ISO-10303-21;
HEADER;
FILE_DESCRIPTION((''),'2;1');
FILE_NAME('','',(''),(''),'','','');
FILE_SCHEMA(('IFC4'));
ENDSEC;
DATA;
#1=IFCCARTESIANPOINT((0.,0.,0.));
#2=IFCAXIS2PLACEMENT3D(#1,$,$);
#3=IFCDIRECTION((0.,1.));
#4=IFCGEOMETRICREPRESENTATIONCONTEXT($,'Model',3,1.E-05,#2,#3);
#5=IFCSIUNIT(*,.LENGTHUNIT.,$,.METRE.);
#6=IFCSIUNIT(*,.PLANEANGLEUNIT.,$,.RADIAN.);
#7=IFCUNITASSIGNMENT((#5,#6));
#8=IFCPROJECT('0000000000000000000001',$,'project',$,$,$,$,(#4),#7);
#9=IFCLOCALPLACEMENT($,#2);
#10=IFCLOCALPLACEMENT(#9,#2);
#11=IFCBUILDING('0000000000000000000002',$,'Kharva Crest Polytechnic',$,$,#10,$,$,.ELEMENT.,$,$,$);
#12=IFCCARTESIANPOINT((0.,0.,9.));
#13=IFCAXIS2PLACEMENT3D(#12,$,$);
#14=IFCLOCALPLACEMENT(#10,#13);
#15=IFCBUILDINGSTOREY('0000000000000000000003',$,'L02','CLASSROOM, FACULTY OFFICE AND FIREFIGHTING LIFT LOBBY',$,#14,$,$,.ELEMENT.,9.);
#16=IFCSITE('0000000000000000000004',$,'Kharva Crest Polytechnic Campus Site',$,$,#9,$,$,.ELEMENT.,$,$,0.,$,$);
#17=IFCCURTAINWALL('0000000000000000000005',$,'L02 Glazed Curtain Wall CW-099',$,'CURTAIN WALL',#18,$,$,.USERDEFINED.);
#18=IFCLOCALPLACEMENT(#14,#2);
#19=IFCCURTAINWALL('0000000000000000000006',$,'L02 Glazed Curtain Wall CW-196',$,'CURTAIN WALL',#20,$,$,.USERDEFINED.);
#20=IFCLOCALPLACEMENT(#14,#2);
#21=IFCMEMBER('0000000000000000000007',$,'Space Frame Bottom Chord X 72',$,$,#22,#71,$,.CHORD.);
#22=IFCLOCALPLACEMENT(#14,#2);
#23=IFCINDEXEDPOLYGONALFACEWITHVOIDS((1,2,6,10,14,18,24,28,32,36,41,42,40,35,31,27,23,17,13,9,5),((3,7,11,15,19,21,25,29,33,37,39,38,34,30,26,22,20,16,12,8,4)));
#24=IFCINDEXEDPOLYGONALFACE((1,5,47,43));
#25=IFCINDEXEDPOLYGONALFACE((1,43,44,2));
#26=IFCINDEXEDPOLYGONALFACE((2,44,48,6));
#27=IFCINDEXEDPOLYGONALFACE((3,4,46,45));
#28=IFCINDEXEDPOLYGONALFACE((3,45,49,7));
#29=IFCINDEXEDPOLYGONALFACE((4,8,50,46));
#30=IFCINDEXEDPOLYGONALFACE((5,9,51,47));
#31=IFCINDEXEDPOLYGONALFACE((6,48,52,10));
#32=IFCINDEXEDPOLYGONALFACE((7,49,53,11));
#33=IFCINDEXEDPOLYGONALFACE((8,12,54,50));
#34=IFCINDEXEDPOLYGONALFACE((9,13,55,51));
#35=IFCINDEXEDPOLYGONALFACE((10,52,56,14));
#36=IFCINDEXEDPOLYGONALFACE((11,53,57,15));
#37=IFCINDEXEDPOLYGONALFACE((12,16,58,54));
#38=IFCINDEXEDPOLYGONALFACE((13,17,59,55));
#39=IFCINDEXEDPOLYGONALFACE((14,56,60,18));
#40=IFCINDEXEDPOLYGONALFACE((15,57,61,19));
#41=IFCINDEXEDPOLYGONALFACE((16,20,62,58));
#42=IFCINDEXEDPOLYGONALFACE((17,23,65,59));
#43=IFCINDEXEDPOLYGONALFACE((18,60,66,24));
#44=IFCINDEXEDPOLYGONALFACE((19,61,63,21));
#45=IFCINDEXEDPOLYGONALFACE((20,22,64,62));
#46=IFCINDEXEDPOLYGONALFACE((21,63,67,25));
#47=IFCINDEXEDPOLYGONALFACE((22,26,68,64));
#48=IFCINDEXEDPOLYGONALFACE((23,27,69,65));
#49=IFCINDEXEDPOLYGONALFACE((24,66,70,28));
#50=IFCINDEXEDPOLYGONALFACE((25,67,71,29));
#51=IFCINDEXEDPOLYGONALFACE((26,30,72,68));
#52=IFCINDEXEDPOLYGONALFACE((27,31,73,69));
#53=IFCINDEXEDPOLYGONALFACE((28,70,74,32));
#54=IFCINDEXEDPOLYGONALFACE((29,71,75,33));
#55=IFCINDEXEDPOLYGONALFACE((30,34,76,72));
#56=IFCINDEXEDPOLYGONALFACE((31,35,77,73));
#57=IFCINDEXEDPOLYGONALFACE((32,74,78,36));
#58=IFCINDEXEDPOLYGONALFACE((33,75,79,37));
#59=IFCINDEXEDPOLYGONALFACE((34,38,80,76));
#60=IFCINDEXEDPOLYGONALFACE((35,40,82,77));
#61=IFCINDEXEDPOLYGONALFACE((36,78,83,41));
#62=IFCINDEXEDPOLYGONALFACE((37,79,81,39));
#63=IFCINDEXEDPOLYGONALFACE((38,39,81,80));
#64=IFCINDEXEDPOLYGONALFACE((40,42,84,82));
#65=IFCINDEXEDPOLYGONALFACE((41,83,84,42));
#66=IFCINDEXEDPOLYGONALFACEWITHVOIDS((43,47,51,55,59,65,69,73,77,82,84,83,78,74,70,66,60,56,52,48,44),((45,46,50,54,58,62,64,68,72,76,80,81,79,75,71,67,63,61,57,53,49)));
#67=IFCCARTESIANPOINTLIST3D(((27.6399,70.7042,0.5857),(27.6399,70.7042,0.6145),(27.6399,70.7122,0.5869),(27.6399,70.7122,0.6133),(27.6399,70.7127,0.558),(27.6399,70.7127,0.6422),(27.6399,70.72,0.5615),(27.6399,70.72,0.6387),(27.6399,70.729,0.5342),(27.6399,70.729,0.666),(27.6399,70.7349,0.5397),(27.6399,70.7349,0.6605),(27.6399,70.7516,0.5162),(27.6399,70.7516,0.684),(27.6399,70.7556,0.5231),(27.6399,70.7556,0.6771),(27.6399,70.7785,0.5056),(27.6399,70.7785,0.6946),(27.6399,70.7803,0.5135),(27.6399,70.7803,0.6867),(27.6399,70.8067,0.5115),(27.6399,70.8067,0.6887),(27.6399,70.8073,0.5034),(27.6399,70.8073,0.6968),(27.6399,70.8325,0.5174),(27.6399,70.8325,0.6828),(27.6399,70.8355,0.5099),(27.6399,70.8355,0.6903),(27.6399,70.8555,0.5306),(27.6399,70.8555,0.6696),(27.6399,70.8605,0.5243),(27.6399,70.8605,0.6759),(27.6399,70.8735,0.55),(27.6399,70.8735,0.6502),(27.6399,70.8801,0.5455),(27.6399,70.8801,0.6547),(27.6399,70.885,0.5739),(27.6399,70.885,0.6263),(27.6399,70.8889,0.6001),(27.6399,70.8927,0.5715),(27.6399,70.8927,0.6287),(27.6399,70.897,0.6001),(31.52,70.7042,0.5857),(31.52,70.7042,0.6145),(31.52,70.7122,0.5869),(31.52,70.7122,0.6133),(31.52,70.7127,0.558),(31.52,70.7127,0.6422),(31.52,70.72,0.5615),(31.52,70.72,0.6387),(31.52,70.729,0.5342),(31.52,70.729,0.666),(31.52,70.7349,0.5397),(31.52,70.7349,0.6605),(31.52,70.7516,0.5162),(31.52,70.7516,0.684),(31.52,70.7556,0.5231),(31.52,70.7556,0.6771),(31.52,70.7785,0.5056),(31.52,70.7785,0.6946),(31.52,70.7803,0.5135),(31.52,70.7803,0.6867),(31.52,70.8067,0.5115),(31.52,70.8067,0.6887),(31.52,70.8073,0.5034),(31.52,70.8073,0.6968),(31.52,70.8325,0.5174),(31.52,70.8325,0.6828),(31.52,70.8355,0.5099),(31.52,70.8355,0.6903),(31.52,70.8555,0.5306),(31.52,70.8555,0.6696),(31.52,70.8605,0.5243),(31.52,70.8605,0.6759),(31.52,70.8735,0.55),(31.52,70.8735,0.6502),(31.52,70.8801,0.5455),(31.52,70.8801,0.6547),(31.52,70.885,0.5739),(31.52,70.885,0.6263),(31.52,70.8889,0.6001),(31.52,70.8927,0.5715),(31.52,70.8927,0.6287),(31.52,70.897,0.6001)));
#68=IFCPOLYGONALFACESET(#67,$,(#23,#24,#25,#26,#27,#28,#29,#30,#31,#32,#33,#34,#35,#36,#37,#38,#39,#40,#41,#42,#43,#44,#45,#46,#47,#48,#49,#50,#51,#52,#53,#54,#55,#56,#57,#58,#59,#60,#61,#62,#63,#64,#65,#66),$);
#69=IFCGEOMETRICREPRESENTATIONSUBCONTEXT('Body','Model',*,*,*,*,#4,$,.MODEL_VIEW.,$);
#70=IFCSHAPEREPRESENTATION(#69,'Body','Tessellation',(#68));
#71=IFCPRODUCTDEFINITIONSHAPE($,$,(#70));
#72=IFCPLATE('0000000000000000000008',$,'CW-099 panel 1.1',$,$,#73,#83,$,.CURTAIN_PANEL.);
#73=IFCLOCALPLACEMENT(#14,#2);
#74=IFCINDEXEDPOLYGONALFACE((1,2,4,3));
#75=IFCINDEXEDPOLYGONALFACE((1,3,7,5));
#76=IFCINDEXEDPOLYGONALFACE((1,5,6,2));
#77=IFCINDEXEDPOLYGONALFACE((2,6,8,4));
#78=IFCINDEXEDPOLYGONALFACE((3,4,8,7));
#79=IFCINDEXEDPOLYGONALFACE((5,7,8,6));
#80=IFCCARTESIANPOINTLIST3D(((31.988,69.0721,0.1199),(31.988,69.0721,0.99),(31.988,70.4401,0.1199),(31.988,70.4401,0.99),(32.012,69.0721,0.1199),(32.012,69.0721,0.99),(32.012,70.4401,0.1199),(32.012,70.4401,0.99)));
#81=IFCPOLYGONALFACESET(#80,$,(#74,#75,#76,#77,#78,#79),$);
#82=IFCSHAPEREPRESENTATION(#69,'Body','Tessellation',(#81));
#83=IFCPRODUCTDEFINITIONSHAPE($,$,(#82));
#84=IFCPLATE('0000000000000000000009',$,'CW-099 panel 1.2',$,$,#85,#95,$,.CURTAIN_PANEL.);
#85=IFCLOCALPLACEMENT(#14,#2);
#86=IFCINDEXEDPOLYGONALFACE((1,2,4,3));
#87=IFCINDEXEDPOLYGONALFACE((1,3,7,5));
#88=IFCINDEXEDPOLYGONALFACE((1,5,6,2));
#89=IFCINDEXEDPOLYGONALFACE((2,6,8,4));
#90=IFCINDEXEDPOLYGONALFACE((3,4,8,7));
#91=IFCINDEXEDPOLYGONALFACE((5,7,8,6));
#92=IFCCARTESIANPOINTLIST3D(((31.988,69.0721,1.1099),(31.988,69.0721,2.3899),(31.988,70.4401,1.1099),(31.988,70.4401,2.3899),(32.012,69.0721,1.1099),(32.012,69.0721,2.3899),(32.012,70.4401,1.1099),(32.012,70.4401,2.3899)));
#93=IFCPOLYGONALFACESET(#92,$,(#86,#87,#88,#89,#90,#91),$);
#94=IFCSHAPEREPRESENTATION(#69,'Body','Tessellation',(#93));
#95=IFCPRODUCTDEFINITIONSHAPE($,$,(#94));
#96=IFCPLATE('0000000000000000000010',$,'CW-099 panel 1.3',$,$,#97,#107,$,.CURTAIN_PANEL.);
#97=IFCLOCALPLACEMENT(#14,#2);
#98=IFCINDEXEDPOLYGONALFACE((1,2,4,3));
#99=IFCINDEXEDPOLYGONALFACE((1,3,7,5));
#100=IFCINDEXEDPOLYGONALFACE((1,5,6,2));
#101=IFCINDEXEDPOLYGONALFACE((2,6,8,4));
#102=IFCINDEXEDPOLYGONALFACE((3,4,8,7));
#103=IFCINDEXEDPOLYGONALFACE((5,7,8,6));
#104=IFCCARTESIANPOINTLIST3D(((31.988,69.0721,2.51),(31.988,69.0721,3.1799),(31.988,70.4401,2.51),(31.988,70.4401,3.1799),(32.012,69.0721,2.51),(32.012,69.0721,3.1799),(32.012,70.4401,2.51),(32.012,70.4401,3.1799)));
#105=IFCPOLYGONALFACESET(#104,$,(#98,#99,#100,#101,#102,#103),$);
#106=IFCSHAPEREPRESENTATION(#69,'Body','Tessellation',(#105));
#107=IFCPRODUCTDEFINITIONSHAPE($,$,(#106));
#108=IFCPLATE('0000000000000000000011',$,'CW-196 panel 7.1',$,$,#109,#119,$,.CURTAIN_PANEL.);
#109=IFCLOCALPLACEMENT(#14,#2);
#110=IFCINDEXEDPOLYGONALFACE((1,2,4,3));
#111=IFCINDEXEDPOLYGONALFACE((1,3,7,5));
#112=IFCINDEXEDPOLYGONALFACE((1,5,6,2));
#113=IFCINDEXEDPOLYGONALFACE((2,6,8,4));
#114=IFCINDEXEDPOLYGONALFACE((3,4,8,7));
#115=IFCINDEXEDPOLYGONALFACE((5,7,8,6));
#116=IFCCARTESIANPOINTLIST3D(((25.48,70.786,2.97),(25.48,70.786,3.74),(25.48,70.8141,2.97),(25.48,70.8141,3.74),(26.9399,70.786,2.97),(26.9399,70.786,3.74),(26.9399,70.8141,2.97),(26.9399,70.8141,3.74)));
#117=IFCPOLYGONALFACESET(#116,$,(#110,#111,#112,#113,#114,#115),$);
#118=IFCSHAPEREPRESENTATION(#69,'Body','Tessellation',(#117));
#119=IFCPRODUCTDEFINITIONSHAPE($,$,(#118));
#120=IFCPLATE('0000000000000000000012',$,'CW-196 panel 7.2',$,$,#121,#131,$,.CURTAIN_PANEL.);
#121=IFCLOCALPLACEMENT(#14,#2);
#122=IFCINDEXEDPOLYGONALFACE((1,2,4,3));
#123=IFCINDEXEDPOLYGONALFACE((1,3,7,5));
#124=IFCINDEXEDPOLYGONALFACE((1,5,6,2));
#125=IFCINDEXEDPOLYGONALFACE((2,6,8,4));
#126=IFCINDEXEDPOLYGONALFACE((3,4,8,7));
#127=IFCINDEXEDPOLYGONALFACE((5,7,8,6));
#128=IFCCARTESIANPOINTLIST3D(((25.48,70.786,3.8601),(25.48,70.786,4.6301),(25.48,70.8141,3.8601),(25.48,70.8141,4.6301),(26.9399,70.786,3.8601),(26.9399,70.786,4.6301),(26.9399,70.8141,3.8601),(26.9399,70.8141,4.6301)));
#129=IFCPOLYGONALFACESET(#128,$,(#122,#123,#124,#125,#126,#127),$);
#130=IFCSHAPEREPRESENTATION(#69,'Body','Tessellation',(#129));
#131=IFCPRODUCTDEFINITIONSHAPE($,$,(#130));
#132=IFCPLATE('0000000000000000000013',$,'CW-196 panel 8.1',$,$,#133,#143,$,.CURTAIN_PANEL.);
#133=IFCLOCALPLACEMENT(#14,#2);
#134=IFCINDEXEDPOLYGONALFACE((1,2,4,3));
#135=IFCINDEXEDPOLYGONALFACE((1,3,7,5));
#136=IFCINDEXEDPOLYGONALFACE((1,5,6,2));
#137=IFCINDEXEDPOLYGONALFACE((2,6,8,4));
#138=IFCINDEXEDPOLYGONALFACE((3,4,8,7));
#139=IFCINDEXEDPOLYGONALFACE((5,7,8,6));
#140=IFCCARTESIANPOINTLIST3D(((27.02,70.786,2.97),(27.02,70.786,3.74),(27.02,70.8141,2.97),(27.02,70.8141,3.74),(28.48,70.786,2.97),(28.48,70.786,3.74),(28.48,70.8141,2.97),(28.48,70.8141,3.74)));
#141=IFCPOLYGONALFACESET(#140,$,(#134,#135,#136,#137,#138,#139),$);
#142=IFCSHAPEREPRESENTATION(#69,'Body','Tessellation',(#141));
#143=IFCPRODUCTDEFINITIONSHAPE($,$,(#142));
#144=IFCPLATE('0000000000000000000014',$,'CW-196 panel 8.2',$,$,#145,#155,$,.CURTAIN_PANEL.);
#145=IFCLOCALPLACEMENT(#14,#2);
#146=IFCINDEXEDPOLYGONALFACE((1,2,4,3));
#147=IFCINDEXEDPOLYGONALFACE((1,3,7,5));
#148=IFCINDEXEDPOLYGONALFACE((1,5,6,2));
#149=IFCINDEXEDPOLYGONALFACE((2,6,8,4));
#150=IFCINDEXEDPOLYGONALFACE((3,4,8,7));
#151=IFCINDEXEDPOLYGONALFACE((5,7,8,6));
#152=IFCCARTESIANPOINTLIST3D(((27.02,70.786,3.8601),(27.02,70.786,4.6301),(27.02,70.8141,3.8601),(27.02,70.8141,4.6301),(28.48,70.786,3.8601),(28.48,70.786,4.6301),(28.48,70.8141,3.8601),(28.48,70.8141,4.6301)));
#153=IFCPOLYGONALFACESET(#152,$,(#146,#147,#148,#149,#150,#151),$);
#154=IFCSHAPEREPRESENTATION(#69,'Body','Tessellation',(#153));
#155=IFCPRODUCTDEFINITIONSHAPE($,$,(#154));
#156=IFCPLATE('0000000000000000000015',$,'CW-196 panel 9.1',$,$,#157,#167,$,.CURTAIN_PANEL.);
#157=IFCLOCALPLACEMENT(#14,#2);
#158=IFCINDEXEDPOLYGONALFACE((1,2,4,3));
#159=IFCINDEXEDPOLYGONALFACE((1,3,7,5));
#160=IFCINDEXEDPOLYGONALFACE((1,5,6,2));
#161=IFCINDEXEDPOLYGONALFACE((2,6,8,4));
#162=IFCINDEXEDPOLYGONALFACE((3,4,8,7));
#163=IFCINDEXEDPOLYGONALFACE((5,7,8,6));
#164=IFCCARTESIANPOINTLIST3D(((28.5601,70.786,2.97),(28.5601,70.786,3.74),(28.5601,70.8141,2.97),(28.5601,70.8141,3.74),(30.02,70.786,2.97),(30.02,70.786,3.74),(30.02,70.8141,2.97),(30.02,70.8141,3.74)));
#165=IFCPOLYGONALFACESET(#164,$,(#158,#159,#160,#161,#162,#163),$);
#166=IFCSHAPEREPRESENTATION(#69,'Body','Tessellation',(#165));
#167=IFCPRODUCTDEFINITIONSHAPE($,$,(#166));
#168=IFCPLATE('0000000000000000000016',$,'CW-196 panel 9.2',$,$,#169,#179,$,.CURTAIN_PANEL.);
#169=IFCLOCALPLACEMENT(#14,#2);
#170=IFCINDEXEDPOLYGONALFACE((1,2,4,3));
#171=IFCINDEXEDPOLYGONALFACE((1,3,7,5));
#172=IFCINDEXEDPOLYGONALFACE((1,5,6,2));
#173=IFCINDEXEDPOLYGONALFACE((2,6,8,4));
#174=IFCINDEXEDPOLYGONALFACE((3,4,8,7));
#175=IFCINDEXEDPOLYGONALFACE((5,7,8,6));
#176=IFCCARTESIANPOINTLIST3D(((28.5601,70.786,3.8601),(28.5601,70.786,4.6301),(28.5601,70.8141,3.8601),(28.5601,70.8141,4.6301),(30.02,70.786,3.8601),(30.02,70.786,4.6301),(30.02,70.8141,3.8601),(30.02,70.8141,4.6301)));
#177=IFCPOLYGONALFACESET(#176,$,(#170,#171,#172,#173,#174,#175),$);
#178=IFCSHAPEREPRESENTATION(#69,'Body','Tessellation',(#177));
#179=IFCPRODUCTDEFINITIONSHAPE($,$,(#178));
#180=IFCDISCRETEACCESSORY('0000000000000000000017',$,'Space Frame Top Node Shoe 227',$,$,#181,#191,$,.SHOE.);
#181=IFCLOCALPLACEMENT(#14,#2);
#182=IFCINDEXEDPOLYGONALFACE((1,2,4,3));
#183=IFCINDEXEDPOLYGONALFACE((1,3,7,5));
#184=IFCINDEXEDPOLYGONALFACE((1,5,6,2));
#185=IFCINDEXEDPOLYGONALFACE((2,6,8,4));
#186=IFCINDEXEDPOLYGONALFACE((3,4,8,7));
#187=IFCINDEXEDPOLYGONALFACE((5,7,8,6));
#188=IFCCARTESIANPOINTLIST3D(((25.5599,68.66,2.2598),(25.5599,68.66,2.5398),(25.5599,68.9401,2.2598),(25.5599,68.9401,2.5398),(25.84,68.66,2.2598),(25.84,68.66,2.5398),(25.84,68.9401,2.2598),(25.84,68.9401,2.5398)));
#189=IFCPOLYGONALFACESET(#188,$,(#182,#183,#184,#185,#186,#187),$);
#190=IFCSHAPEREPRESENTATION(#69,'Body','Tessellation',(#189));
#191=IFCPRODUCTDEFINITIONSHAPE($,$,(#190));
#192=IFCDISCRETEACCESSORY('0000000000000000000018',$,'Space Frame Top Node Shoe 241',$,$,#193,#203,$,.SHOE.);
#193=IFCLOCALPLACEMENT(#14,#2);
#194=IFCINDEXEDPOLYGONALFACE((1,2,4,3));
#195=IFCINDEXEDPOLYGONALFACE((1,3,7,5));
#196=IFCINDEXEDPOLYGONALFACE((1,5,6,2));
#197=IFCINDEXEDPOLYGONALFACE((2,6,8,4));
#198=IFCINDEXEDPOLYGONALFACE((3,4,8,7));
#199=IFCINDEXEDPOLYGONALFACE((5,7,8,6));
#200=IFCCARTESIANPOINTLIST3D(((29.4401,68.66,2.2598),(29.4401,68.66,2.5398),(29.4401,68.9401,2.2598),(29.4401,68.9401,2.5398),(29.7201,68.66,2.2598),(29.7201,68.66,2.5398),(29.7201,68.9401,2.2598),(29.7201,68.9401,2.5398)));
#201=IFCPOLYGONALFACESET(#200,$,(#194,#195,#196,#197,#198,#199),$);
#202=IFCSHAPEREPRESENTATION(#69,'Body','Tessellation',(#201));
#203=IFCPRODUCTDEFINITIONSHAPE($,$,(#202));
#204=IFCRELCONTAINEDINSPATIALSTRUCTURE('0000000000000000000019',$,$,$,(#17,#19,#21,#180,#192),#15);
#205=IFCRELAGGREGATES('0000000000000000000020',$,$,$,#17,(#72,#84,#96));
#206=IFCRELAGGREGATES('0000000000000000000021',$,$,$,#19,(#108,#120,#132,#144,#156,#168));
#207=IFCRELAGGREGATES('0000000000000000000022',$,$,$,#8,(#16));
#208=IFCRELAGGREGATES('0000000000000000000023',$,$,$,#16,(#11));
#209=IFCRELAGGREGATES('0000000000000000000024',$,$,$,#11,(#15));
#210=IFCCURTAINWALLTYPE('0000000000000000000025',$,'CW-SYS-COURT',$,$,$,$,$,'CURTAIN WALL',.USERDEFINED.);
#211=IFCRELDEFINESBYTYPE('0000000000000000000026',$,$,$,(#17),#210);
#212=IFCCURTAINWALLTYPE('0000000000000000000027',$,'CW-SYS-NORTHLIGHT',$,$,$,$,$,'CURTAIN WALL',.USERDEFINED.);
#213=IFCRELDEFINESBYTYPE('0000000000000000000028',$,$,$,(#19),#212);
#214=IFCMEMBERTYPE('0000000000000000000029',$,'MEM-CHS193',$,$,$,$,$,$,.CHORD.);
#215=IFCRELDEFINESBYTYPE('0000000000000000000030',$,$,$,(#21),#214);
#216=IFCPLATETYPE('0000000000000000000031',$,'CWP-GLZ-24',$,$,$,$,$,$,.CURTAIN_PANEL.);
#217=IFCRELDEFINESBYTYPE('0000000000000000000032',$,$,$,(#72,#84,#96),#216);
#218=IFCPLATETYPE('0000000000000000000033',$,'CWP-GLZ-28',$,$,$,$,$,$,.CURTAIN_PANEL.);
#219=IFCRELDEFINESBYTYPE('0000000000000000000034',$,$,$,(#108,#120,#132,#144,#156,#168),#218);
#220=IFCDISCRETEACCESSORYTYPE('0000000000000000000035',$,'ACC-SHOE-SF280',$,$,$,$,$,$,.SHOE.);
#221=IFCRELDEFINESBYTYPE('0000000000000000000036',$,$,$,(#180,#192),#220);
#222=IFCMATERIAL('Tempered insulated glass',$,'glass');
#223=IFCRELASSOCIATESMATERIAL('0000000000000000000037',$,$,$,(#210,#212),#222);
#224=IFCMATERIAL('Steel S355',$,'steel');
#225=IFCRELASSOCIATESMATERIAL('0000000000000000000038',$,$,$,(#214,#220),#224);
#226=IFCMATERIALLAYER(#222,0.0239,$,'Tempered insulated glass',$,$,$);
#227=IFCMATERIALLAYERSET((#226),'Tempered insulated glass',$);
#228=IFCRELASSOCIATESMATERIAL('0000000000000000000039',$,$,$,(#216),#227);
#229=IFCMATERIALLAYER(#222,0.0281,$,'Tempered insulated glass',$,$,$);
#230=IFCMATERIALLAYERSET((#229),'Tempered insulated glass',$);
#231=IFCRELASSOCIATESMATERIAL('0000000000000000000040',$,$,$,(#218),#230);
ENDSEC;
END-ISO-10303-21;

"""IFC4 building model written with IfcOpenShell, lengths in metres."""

from ifc_helpers import new_model, si_unit, direction, frame, origin, origin_2d, place, context, subcontext, project, spatial, rectangle, hollow_circle, extrude, material, layer, layer_set, material_profile, profile_set, type_object, element, aggregate, save


model = new_model("IFC4")

# Units and contexts
model_context = context("Model", 3, precision=1e-05, world=origin(), true_north=direction((0.0, 1.0)))
body_context = subcontext(model_context, "Body", "Model", "MODEL_VIEW")
ifc_project = project(units=[si_unit("LENGTHUNIT", "METRE"), si_unit("PLANEANGLEUNIT", "RADIAN")], contexts=[model_context])

# Site, building, storey
site_placement = place(None, origin())
site = spatial("IfcSite", under=ifc_project, at=site_placement, Name="Kharva Crest Polytechnic Campus Site", CompositionType="ELEMENT", RefElevation=0.0)
building_placement = place(site_placement, origin())
building = spatial("IfcBuilding", under=site, at=building_placement, Name="Kharva Crest Polytechnic", CompositionType="ELEMENT")
storey_placement = place(building_placement, frame((0.0, 0.0, 9.0)))
storey = spatial("IfcBuildingStorey", under=building, at=storey_placement, Name="L02", Description="CLASSROOM, FACULTY OFFICE AND FIREFIGHTING LIFT LOBBY", CompositionType="ELEMENT", Elevation=9.0)

# Curtain walls
ifc_material_1 = material(Name="Tempered insulated glass", Category="glass")
curtain_wall_type_1 = type_object("IfcCurtainWallType", Name="CW-SYS-COURT", ElementType="CURTAIN WALL", PredefinedType="USERDEFINED", material=ifc_material_1)
curtain_wall_1_placement = place(storey_placement, origin())
curtain_wall_1 = element("IfcCurtainWall", 1, at=curtain_wall_1_placement, inside=storey, type_object=curtain_wall_type_1, Name="L02 Glazed Curtain Wall CW-099", ObjectType="CURTAIN WALL", PredefinedType="USERDEFINED")
ifc_material_2 = material(Name="Steel S355", Category="steel")
curtain_wall_type_2 = type_object("IfcCurtainWallType", Name="CW-SYS-NORTHLIGHT", ElementType="CURTAIN WALL", PredefinedType="USERDEFINED", material=ifc_material_1)
curtain_wall_2_placement = place(storey_placement, origin())
curtain_wall_2 = element("IfcCurtainWall", 2, at=curtain_wall_2_placement, inside=storey, type_object=curtain_wall_type_2, Name="L02 Glazed Curtain Wall CW-196", ObjectType="CURTAIN WALL", PredefinedType="USERDEFINED")

# Member
ifc_material_profile_1 = material_profile(ifc_material_2, hollow_circle(Radius=0.0969, WallThickness=0.0081, at=origin_2d()), Name="CHS 193.7X8.0")
ifc_profile_set_1 = profile_set([ifc_material_profile_1], Name="Steel S355")
member_type_1 = type_object("IfcMemberType", Name="MEM-CHS193", PredefinedType="CHORD", material=ifc_profile_set_1)
member_1_placement = place(storey_placement, frame((27.6399, 70.8, 0.6001), z_axis=(1.0, 0.0, 0.0), x_axis=(0.0, 1.0, 0.0)))
element("IfcMember", 3, at=member_1_placement, inside=storey, type_object=member_type_1, Name="Space Frame Bottom Chord X 72", PredefinedType="CHORD", context=body_context, shape_type="SweptSolid", body=[
    extrude(hollow_circle(Radius=0.0969, WallThickness=0.0081, at=origin_2d()), origin(), (0.0, 0.0, 1.0), 3.8801),
])

# Plates
ifc_layer_1 = layer(ifc_material_1, 0.0239, Name="Tempered insulated glass")
ifc_layer_set_1 = layer_set([ifc_layer_1], Name="Tempered insulated glass")
plate_type_1 = type_object("IfcPlateType", Name="CWP-GLZ-24", PredefinedType="CURTAIN_PANEL", material=ifc_layer_set_1)
plate_1_placement = place(storey_placement, frame((32.0, 69.7561, 0.1199), z_axis=(0.0, 0.0, 1.0), x_axis=(0.0, -1.0, 0.0)))
plate_1 = element("IfcPlate", 4, at=plate_1_placement, type_object=plate_type_1, Name="CW-099 panel 1.1", PredefinedType="CURTAIN_PANEL", context=body_context, shape_type="SweptSolid", body=[
    extrude(rectangle(XDim=1.3679, YDim=0.0239, at=origin_2d()), origin(), (0.0, 0.0, 1.0), 0.8701),
])
plate_2_placement = place(storey_placement, frame((32.0, 69.7561, 1.1099), z_axis=(0.0, 0.0, 1.0), x_axis=(0.0, -1.0, 0.0)))
plate_2 = element("IfcPlate", 5, at=plate_2_placement, type_object=plate_type_1, Name="CW-099 panel 1.2", PredefinedType="CURTAIN_PANEL", context=body_context, shape_type="SweptSolid", body=[
    extrude(rectangle(XDim=1.3679, YDim=0.0239, at=origin_2d()), origin(), (0.0, 0.0, 1.0), 1.28),
])
plate_3_placement = place(storey_placement, frame((32.0, 69.7561, 2.51), z_axis=(0.0, 0.0, 1.0), x_axis=(0.0, -1.0, 0.0)))
plate_3 = element("IfcPlate", 6, at=plate_3_placement, type_object=plate_type_1, Name="CW-099 panel 1.3", PredefinedType="CURTAIN_PANEL", context=body_context, shape_type="SweptSolid", body=[
    extrude(rectangle(XDim=1.3679, YDim=0.0239, at=origin_2d()), origin(), (0.0, 0.0, 1.0), 0.6699),
])
aggregate(curtain_wall_1, [plate_1, plate_2, plate_3])
ifc_layer_2 = layer(ifc_material_1, 0.0281, Name="Tempered insulated glass")
ifc_layer_set_2 = layer_set([ifc_layer_2], Name="Tempered insulated glass")
plate_type_2 = type_object("IfcPlateType", Name="CWP-GLZ-28", PredefinedType="CURTAIN_PANEL", material=ifc_layer_set_2)
plate_4_placement = place(storey_placement, frame((26.21, 70.8, 2.97), z_axis=(0.0, 0.0, 1.0), x_axis=(1.0, 0.0, 0.0)))
plate_4 = element("IfcPlate", 7, at=plate_4_placement, type_object=plate_type_2, Name="CW-196 panel 7.1", PredefinedType="CURTAIN_PANEL", context=body_context, shape_type="SweptSolid", body=[
    extrude(rectangle(XDim=1.46, YDim=0.0281, at=origin_2d()), origin(), (0.0, 0.0, 1.0), 0.77),
])
plate_5_placement = place(storey_placement, frame((26.21, 70.8, 3.8601), z_axis=(0.0, 0.0, 1.0), x_axis=(1.0, 0.0, 0.0)))
plate_5 = element("IfcPlate", 8, at=plate_5_placement, type_object=plate_type_2, Name="CW-196 panel 7.2", PredefinedType="CURTAIN_PANEL", context=body_context, shape_type="SweptSolid", body=[
    extrude(rectangle(XDim=1.46, YDim=0.0281, at=origin_2d()), origin(), (0.0, 0.0, 1.0), 0.77),
])
plate_6_placement = place(storey_placement, frame((27.75, 70.8, 2.97), z_axis=(0.0, 0.0, 1.0), x_axis=(1.0, 0.0, 0.0)))
plate_6 = element("IfcPlate", 9, at=plate_6_placement, type_object=plate_type_2, Name="CW-196 panel 8.1", PredefinedType="CURTAIN_PANEL", context=body_context, shape_type="SweptSolid", body=[
    extrude(rectangle(XDim=1.46, YDim=0.0281, at=origin_2d()), origin(), (0.0, 0.0, 1.0), 0.77),
])
plate_7_placement = place(storey_placement, frame((27.75, 70.8, 3.8601), z_axis=(0.0, 0.0, 1.0), x_axis=(1.0, 0.0, 0.0)))
plate_7 = element("IfcPlate", 10, at=plate_7_placement, type_object=plate_type_2, Name="CW-196 panel 8.2", PredefinedType="CURTAIN_PANEL", context=body_context, shape_type="SweptSolid", body=[
    extrude(rectangle(XDim=1.46, YDim=0.0281, at=origin_2d()), origin(), (0.0, 0.0, 1.0), 0.77),
])
plate_8_placement = place(storey_placement, frame((29.29, 70.8, 2.97), z_axis=(0.0, 0.0, 1.0), x_axis=(1.0, 0.0, 0.0)))
plate_8 = element("IfcPlate", 11, at=plate_8_placement, type_object=plate_type_2, Name="CW-196 panel 9.1", PredefinedType="CURTAIN_PANEL", context=body_context, shape_type="SweptSolid", body=[
    extrude(rectangle(XDim=1.46, YDim=0.0281, at=origin_2d()), origin(), (0.0, 0.0, 1.0), 0.77),
])
plate_9_placement = place(storey_placement, frame((29.29, 70.8, 3.8601), z_axis=(0.0, 0.0, 1.0), x_axis=(1.0, 0.0, 0.0)))
plate_9 = element("IfcPlate", 12, at=plate_9_placement, type_object=plate_type_2, Name="CW-196 panel 9.2", PredefinedType="CURTAIN_PANEL", context=body_context, shape_type="SweptSolid", body=[
    extrude(rectangle(XDim=1.46, YDim=0.0281, at=origin_2d()), origin(), (0.0, 0.0, 1.0), 0.77),
])
aggregate(curtain_wall_2, [plate_4, plate_5, plate_6, plate_7, plate_8, plate_9])

# Discrete accessories
discrete_accessory_type_1 = type_object("IfcDiscreteAccessoryType", Name="ACC-SHOE-SF280", PredefinedType="SHOE", material=ifc_material_2)
for number, where, z_axis, x_axis, name in (
    (13, (25.7, 68.8, 2.2598), (0.0, 0.0, 1.0), (1.0, 0.0, 0.0), "Space Frame Top Node Shoe 227"),
    (14, (29.5801, 68.8, 2.2598), (0.0, 0.0, 1.0), (1.0, 0.0, 0.0), "Space Frame Top Node Shoe 241"),
):
    element("IfcDiscreteAccessory", number, at=place(storey_placement, frame(where, z_axis=z_axis, x_axis=x_axis)), inside=storey, type_object=discrete_accessory_type_1, Name=name, PredefinedType="SHOE", context=body_context, shape_type="SweptSolid", body=[
        extrude(rectangle(XDim=0.28, YDim=0.28, at=origin_2d()), origin(), (0.0, 0.0, 1.0), 0.28),
    ])

save(model, "model.ifc")
